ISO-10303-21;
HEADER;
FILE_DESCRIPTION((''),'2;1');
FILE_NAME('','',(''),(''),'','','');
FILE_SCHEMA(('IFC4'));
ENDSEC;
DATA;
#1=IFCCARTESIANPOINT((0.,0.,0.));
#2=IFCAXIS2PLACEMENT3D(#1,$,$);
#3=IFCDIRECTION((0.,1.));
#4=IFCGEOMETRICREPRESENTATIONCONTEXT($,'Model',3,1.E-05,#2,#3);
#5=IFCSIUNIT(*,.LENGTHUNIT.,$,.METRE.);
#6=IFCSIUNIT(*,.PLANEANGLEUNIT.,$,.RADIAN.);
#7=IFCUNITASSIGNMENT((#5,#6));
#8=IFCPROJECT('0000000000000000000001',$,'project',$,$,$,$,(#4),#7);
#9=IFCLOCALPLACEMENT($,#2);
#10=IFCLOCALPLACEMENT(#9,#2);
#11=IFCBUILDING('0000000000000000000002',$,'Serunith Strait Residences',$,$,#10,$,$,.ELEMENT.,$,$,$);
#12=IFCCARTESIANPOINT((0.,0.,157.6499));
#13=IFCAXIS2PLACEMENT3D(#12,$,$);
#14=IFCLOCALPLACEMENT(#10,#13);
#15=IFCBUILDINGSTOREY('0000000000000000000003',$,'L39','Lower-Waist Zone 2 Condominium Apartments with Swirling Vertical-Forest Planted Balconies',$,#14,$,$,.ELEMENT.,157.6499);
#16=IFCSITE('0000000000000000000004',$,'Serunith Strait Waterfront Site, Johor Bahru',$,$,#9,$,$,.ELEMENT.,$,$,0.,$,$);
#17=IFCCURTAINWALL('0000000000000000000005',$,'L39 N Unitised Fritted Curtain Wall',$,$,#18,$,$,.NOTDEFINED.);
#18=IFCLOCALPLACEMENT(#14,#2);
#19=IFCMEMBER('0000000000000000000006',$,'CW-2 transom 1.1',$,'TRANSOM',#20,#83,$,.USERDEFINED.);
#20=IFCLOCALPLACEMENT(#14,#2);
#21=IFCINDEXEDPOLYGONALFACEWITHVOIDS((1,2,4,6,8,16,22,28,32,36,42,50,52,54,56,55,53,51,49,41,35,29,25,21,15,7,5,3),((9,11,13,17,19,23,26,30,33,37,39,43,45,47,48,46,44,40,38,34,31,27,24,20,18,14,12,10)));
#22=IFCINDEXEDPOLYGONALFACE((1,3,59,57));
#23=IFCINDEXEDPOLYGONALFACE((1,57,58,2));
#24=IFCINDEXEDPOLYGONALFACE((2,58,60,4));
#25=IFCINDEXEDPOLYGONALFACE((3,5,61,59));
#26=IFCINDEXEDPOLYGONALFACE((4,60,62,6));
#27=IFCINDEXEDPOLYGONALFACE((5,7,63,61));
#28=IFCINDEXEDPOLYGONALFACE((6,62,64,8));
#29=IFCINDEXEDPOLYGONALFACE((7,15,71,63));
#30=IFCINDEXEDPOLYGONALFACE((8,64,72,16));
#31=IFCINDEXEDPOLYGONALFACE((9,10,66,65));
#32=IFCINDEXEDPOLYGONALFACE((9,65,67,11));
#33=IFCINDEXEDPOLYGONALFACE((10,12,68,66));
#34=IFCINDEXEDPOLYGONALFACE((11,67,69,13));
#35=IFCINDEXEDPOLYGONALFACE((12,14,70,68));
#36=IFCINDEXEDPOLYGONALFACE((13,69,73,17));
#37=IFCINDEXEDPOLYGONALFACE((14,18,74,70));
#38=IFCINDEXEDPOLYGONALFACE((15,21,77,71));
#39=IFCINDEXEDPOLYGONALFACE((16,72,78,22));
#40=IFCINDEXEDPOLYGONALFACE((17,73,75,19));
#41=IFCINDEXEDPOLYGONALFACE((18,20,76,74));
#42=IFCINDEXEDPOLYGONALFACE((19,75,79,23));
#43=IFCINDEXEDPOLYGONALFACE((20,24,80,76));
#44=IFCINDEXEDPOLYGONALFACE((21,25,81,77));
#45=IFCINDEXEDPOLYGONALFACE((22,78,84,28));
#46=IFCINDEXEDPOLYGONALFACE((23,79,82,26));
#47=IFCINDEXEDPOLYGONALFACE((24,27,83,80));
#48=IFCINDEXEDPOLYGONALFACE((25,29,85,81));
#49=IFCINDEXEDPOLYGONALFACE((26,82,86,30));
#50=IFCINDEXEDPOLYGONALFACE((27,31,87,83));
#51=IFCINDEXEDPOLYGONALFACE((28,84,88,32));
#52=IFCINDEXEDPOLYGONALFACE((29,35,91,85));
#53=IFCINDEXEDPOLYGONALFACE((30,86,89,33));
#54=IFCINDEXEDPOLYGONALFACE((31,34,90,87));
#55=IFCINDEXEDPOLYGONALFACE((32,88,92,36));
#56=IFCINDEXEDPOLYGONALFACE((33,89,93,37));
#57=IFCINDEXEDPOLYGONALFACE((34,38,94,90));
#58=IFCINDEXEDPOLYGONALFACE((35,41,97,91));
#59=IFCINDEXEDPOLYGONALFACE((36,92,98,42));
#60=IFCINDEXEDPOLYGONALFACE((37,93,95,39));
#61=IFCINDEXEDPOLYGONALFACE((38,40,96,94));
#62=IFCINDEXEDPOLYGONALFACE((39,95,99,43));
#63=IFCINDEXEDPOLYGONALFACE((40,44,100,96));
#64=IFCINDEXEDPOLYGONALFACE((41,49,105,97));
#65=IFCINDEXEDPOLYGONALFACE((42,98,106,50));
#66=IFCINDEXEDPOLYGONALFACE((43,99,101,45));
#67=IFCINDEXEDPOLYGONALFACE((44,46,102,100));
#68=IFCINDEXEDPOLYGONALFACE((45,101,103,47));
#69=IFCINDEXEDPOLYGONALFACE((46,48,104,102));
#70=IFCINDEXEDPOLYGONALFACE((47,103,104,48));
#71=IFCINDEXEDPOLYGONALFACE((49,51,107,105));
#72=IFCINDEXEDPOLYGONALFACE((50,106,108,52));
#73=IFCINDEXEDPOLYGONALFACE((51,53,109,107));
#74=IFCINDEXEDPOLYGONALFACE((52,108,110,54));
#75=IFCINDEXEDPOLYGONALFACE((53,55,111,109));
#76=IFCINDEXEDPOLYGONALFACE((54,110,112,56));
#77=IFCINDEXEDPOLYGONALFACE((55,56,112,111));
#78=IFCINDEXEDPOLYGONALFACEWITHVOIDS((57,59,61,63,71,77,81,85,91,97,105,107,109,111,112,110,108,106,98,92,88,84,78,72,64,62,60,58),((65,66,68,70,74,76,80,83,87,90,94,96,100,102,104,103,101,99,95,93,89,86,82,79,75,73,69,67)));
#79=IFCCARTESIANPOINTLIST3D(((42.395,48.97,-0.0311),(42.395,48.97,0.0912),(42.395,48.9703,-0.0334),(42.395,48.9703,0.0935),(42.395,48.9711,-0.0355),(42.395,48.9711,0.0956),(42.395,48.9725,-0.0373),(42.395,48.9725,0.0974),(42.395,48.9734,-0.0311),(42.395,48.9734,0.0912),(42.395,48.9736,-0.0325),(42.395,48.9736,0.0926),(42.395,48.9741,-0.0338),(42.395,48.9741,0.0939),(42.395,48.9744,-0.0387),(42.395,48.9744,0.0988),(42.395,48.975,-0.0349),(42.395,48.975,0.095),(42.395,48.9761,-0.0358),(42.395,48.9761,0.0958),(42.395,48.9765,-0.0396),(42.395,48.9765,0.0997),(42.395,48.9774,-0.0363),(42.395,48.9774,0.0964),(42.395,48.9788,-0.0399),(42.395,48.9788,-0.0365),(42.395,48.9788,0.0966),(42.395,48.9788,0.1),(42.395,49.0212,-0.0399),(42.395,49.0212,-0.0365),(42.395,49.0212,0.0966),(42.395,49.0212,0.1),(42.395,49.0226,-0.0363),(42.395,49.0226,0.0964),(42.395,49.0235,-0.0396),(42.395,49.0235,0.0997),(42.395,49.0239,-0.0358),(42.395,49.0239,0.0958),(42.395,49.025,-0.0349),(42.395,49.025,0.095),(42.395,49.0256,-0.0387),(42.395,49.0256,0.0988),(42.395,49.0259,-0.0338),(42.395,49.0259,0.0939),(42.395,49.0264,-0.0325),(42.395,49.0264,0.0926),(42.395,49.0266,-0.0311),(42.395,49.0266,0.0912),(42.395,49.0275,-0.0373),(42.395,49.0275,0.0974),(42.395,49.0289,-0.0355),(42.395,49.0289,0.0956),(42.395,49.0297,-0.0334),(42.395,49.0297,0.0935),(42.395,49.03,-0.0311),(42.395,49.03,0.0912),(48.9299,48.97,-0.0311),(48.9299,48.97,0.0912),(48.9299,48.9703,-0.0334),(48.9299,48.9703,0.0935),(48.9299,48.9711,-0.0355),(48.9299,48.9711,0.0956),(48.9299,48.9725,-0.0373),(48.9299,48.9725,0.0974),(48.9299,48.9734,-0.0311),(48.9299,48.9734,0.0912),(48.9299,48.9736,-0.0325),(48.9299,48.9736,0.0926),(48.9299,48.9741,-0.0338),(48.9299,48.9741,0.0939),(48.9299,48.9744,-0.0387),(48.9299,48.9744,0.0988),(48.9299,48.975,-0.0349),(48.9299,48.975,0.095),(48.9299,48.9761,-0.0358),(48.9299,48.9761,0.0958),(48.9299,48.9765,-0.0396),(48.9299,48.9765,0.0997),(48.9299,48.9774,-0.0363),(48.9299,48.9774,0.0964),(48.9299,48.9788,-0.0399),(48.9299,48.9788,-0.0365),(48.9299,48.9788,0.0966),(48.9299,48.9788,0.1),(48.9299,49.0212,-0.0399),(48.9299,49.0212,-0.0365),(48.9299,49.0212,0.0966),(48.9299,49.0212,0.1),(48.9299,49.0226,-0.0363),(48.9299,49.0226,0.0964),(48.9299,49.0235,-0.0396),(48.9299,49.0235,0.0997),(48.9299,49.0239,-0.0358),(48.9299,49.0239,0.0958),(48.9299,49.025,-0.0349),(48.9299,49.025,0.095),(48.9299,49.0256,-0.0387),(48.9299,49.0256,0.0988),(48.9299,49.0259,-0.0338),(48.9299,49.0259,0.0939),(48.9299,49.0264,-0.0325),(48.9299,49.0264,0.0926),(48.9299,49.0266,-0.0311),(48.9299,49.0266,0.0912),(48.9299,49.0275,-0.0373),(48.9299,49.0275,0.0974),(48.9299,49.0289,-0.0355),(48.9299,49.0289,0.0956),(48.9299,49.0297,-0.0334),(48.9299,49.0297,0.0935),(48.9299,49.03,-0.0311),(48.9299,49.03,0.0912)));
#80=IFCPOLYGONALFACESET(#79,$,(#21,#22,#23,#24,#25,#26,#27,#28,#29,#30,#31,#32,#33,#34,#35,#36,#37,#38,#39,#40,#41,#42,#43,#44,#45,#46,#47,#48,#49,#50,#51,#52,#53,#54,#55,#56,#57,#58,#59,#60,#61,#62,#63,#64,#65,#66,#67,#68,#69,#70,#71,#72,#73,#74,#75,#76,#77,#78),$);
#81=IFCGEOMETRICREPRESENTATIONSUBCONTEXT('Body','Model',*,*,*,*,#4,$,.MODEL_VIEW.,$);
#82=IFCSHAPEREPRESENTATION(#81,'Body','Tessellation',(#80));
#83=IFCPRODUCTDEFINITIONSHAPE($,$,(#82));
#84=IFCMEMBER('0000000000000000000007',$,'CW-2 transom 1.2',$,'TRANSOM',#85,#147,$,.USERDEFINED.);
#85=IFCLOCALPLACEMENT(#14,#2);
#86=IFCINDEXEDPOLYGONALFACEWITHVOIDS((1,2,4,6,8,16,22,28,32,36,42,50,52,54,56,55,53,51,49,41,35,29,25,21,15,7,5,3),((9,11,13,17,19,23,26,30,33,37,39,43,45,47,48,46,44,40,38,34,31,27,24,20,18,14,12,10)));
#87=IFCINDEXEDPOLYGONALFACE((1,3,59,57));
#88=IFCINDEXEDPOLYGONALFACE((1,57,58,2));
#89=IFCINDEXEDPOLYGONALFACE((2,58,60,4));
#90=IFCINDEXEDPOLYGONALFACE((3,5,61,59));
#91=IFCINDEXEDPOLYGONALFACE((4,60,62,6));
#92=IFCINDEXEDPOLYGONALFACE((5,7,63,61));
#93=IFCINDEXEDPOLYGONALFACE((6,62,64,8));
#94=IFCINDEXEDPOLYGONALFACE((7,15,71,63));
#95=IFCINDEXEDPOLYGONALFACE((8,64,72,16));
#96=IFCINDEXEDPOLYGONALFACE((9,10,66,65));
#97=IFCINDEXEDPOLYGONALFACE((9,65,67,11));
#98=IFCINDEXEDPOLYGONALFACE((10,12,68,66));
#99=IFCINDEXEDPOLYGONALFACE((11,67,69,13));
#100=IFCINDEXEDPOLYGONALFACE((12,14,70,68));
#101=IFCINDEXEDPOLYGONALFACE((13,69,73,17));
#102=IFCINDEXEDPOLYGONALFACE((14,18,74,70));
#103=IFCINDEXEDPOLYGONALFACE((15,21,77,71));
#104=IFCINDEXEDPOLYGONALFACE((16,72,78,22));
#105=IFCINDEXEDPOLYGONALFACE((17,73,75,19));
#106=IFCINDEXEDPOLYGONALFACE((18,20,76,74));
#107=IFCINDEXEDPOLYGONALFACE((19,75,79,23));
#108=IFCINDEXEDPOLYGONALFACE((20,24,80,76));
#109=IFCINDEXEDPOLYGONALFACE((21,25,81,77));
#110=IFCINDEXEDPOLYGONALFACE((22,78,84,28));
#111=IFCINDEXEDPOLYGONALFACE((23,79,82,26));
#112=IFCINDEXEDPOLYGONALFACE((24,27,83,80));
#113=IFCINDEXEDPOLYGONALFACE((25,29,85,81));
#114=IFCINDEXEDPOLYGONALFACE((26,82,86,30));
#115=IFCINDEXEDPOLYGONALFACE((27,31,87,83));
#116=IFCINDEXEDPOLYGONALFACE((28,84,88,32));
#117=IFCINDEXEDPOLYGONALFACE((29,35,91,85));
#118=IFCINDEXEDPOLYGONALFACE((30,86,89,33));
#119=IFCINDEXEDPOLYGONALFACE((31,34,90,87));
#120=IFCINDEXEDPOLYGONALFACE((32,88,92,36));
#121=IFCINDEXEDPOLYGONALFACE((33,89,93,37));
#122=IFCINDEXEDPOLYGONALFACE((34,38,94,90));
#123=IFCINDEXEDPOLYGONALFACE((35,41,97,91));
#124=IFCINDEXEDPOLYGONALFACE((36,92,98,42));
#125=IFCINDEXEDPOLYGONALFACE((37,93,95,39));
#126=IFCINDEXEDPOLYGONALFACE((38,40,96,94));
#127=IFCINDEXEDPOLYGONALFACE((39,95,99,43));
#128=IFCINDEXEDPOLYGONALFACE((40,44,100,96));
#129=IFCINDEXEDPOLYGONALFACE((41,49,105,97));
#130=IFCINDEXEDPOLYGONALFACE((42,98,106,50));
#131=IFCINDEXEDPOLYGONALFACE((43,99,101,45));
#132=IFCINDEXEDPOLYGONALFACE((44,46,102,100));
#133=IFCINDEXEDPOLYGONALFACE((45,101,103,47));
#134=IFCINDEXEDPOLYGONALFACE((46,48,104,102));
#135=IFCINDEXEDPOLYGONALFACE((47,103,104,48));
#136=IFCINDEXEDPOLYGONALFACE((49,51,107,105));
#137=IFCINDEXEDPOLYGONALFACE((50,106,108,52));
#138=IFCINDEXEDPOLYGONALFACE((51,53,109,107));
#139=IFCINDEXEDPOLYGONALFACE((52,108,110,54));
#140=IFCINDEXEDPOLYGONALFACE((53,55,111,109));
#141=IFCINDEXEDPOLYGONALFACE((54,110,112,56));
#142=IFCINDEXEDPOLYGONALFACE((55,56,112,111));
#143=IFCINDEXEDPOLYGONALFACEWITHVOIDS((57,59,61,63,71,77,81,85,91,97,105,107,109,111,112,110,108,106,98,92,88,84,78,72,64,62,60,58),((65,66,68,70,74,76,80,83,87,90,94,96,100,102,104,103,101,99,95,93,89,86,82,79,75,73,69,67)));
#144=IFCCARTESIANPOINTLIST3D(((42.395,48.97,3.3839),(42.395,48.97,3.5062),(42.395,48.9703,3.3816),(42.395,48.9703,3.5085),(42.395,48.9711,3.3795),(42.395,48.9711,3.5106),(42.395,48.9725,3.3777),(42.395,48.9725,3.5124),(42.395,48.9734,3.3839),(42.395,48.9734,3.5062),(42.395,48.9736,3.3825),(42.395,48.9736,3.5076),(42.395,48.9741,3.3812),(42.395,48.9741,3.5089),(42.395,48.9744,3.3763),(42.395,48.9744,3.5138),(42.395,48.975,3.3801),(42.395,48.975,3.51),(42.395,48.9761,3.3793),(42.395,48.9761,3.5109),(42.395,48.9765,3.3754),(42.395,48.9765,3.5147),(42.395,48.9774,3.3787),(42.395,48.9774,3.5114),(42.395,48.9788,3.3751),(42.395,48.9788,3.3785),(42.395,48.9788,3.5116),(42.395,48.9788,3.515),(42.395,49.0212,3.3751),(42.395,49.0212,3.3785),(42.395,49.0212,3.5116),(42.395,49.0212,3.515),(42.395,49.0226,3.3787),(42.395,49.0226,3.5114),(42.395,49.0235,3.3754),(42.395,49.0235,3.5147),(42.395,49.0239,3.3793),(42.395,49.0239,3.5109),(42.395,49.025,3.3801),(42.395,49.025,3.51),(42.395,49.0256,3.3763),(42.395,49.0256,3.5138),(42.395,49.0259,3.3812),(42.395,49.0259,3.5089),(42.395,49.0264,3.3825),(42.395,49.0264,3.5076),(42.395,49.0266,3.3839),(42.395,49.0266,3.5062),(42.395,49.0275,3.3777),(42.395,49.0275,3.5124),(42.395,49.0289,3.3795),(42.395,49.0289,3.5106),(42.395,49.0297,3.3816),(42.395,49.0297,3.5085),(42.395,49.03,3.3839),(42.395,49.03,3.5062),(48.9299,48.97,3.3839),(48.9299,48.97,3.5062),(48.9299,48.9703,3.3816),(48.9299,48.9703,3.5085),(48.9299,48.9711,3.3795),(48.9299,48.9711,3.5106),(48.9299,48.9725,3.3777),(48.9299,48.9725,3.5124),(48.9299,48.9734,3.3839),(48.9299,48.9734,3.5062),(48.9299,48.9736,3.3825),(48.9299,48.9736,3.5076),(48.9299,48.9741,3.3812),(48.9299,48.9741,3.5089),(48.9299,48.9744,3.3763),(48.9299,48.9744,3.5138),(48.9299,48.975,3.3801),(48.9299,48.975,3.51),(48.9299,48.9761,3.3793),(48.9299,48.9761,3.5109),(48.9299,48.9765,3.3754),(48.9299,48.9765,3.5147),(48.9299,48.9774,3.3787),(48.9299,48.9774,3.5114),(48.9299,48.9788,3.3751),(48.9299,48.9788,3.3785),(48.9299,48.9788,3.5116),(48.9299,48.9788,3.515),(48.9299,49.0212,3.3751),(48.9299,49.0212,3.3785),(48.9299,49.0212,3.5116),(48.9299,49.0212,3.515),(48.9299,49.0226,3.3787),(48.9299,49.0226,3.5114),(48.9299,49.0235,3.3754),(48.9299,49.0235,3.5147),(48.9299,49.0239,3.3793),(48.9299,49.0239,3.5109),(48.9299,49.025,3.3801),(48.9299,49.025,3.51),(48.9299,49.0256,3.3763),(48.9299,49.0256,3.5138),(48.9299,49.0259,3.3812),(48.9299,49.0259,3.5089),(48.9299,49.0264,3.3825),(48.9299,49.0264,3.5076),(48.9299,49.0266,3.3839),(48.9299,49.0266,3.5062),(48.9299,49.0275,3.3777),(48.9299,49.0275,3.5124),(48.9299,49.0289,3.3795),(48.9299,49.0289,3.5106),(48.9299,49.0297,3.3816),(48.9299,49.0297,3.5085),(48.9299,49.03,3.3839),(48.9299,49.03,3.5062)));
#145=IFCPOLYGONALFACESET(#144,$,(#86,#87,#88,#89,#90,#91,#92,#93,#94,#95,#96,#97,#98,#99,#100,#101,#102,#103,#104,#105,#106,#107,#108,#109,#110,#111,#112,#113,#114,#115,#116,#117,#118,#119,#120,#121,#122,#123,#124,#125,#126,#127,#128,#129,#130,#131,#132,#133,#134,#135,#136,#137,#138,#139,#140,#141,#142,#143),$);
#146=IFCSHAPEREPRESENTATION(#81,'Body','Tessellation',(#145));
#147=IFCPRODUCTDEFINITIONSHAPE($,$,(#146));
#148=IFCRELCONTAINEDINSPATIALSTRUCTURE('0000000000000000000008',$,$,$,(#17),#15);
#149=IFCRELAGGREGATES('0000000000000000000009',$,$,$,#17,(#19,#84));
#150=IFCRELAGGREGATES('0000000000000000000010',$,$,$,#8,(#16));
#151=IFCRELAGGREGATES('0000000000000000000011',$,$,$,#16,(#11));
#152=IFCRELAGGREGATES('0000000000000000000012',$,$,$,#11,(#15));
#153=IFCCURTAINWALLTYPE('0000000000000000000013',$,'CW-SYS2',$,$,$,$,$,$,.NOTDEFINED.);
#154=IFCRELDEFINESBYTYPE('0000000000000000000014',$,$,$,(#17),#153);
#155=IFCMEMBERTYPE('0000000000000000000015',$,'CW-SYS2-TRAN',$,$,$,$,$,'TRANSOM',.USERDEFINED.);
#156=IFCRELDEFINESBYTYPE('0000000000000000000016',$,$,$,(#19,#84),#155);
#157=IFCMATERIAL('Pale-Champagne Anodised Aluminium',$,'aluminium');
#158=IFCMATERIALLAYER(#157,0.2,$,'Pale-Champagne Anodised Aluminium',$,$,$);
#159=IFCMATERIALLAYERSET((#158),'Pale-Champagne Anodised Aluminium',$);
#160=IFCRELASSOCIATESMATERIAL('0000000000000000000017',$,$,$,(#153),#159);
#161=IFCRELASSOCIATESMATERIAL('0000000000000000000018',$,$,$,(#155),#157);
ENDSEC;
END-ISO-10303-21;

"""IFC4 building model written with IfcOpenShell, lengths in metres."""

from ifc_helpers import new_model, si_unit, direction, frame, origin, origin_2d, place, context, subcontext, project, spatial, hollow_rectangle, extrude, source, transform, mapped, material, layer, layer_set, material_profile, profile_set, type_object, element, aggregate, save


model = new_model("IFC4")

# Units and contexts
model_context = context("Model", 3, precision=1e-05, world=origin(), true_north=direction((0.0, 1.0)))
body_context = subcontext(model_context, "Body", "Model", "MODEL_VIEW")
ifc_project = project(units=[si_unit("LENGTHUNIT", "METRE"), si_unit("PLANEANGLEUNIT", "RADIAN")], contexts=[model_context])

# Site, building, storey
site_placement = place(None, origin())
site = spatial("IfcSite", under=ifc_project, at=site_placement, Name="Serunith Strait Waterfront Site, Johor Bahru", CompositionType="ELEMENT", RefElevation=0.0)
building_placement = place(site_placement, origin())
building = spatial("IfcBuilding", under=site, at=building_placement, Name="Serunith Strait Residences", CompositionType="ELEMENT")
storey_placement = place(building_placement, frame((0.0, 0.0, 157.6499)))
storey = spatial("IfcBuildingStorey", under=building, at=storey_placement, Name="L39", Description="Lower-Waist Zone 2 Condominium Apartments with Swirling Vertical-Forest Planted Balconies", CompositionType="ELEMENT", Elevation=157.6499)

# Shared definitions
ifc_material_1 = material(Name="Pale-Champagne Anodised Aluminium", Category="aluminium")
ifc_layer_1 = layer(ifc_material_1, 0.2, Name="Pale-Champagne Anodised Aluminium")
ifc_layer_set_1 = layer_set([ifc_layer_1], Name="Pale-Champagne Anodised Aluminium")
curtain_wall_type = type_object("IfcCurtainWallType", Name="CW-SYS2", PredefinedType="NOTDEFINED", material=ifc_layer_set_1)

# Curtain wall, members
curtain_wall_1_placement = place(storey_placement, origin())
curtain_wall_1 = element("IfcCurtainWall", 1, at=curtain_wall_1_placement, inside=storey, type_object=curtain_wall_type, Name="L39 N Unitised Fritted Curtain Wall", PredefinedType="NOTDEFINED")
ifc_material_profile_1 = material_profile(ifc_material_1, hollow_rectangle(XDim=0.0601, YDim=0.1399, WallThickness=0.0034, InnerFilletRadius=0.0054, OuterFilletRadius=0.0088, at=origin_2d()), Name="ALU 140x60x3.5")
ifc_profile_set_1 = profile_set([ifc_material_profile_1], Name="Pale-Champagne Anodised Aluminium")
member_type_1 = type_object("IfcMemberType", Name="CW-SYS2-TRAN", ElementType="TRANSOM", PredefinedType="USERDEFINED", material=ifc_profile_set_1)
shared_shape_1 = source(origin(), body_context, "Body", "SweptSolid", [
    extrude(hollow_rectangle(XDim=0.0601, YDim=0.1399, WallThickness=0.0034, InnerFilletRadius=0.0054, OuterFilletRadius=0.0088, at=origin_2d()), origin(), (0.0, 0.0, 1.0), 6.5349),
])
member_1_placement = place(storey_placement, frame((48.9299, 49.0, 0.03), z_axis=(-1.0, 0.0, 0.0), x_axis=(0.0, -1.0, 0.0)))
member_1 = element("IfcMember", 2, at=member_1_placement, type_object=member_type_1, Name="CW-2 transom 1.1", ObjectType="TRANSOM", PredefinedType="USERDEFINED", context=body_context, shape_type="MappedRepresentation", body=[
    mapped(shared_shape_1, transform((0.0, 0.0, 0.0), scale=1.0)),
])
member_2_placement = place(storey_placement, frame((48.9299, 49.0, 3.4451), z_axis=(-1.0, 0.0, 0.0), x_axis=(0.0, -1.0, 0.0)))
member_2 = element("IfcMember", 3, at=member_2_placement, type_object=member_type_1, Name="CW-2 transom 1.2", ObjectType="TRANSOM", PredefinedType="USERDEFINED", context=body_context, shape_type="MappedRepresentation", body=[
    mapped(shared_shape_1, transform((0.0, 0.0, 0.0), scale=1.0)),
])
aggregate(curtain_wall_1, [member_1, member_2])

save(model, "model.ifc")
